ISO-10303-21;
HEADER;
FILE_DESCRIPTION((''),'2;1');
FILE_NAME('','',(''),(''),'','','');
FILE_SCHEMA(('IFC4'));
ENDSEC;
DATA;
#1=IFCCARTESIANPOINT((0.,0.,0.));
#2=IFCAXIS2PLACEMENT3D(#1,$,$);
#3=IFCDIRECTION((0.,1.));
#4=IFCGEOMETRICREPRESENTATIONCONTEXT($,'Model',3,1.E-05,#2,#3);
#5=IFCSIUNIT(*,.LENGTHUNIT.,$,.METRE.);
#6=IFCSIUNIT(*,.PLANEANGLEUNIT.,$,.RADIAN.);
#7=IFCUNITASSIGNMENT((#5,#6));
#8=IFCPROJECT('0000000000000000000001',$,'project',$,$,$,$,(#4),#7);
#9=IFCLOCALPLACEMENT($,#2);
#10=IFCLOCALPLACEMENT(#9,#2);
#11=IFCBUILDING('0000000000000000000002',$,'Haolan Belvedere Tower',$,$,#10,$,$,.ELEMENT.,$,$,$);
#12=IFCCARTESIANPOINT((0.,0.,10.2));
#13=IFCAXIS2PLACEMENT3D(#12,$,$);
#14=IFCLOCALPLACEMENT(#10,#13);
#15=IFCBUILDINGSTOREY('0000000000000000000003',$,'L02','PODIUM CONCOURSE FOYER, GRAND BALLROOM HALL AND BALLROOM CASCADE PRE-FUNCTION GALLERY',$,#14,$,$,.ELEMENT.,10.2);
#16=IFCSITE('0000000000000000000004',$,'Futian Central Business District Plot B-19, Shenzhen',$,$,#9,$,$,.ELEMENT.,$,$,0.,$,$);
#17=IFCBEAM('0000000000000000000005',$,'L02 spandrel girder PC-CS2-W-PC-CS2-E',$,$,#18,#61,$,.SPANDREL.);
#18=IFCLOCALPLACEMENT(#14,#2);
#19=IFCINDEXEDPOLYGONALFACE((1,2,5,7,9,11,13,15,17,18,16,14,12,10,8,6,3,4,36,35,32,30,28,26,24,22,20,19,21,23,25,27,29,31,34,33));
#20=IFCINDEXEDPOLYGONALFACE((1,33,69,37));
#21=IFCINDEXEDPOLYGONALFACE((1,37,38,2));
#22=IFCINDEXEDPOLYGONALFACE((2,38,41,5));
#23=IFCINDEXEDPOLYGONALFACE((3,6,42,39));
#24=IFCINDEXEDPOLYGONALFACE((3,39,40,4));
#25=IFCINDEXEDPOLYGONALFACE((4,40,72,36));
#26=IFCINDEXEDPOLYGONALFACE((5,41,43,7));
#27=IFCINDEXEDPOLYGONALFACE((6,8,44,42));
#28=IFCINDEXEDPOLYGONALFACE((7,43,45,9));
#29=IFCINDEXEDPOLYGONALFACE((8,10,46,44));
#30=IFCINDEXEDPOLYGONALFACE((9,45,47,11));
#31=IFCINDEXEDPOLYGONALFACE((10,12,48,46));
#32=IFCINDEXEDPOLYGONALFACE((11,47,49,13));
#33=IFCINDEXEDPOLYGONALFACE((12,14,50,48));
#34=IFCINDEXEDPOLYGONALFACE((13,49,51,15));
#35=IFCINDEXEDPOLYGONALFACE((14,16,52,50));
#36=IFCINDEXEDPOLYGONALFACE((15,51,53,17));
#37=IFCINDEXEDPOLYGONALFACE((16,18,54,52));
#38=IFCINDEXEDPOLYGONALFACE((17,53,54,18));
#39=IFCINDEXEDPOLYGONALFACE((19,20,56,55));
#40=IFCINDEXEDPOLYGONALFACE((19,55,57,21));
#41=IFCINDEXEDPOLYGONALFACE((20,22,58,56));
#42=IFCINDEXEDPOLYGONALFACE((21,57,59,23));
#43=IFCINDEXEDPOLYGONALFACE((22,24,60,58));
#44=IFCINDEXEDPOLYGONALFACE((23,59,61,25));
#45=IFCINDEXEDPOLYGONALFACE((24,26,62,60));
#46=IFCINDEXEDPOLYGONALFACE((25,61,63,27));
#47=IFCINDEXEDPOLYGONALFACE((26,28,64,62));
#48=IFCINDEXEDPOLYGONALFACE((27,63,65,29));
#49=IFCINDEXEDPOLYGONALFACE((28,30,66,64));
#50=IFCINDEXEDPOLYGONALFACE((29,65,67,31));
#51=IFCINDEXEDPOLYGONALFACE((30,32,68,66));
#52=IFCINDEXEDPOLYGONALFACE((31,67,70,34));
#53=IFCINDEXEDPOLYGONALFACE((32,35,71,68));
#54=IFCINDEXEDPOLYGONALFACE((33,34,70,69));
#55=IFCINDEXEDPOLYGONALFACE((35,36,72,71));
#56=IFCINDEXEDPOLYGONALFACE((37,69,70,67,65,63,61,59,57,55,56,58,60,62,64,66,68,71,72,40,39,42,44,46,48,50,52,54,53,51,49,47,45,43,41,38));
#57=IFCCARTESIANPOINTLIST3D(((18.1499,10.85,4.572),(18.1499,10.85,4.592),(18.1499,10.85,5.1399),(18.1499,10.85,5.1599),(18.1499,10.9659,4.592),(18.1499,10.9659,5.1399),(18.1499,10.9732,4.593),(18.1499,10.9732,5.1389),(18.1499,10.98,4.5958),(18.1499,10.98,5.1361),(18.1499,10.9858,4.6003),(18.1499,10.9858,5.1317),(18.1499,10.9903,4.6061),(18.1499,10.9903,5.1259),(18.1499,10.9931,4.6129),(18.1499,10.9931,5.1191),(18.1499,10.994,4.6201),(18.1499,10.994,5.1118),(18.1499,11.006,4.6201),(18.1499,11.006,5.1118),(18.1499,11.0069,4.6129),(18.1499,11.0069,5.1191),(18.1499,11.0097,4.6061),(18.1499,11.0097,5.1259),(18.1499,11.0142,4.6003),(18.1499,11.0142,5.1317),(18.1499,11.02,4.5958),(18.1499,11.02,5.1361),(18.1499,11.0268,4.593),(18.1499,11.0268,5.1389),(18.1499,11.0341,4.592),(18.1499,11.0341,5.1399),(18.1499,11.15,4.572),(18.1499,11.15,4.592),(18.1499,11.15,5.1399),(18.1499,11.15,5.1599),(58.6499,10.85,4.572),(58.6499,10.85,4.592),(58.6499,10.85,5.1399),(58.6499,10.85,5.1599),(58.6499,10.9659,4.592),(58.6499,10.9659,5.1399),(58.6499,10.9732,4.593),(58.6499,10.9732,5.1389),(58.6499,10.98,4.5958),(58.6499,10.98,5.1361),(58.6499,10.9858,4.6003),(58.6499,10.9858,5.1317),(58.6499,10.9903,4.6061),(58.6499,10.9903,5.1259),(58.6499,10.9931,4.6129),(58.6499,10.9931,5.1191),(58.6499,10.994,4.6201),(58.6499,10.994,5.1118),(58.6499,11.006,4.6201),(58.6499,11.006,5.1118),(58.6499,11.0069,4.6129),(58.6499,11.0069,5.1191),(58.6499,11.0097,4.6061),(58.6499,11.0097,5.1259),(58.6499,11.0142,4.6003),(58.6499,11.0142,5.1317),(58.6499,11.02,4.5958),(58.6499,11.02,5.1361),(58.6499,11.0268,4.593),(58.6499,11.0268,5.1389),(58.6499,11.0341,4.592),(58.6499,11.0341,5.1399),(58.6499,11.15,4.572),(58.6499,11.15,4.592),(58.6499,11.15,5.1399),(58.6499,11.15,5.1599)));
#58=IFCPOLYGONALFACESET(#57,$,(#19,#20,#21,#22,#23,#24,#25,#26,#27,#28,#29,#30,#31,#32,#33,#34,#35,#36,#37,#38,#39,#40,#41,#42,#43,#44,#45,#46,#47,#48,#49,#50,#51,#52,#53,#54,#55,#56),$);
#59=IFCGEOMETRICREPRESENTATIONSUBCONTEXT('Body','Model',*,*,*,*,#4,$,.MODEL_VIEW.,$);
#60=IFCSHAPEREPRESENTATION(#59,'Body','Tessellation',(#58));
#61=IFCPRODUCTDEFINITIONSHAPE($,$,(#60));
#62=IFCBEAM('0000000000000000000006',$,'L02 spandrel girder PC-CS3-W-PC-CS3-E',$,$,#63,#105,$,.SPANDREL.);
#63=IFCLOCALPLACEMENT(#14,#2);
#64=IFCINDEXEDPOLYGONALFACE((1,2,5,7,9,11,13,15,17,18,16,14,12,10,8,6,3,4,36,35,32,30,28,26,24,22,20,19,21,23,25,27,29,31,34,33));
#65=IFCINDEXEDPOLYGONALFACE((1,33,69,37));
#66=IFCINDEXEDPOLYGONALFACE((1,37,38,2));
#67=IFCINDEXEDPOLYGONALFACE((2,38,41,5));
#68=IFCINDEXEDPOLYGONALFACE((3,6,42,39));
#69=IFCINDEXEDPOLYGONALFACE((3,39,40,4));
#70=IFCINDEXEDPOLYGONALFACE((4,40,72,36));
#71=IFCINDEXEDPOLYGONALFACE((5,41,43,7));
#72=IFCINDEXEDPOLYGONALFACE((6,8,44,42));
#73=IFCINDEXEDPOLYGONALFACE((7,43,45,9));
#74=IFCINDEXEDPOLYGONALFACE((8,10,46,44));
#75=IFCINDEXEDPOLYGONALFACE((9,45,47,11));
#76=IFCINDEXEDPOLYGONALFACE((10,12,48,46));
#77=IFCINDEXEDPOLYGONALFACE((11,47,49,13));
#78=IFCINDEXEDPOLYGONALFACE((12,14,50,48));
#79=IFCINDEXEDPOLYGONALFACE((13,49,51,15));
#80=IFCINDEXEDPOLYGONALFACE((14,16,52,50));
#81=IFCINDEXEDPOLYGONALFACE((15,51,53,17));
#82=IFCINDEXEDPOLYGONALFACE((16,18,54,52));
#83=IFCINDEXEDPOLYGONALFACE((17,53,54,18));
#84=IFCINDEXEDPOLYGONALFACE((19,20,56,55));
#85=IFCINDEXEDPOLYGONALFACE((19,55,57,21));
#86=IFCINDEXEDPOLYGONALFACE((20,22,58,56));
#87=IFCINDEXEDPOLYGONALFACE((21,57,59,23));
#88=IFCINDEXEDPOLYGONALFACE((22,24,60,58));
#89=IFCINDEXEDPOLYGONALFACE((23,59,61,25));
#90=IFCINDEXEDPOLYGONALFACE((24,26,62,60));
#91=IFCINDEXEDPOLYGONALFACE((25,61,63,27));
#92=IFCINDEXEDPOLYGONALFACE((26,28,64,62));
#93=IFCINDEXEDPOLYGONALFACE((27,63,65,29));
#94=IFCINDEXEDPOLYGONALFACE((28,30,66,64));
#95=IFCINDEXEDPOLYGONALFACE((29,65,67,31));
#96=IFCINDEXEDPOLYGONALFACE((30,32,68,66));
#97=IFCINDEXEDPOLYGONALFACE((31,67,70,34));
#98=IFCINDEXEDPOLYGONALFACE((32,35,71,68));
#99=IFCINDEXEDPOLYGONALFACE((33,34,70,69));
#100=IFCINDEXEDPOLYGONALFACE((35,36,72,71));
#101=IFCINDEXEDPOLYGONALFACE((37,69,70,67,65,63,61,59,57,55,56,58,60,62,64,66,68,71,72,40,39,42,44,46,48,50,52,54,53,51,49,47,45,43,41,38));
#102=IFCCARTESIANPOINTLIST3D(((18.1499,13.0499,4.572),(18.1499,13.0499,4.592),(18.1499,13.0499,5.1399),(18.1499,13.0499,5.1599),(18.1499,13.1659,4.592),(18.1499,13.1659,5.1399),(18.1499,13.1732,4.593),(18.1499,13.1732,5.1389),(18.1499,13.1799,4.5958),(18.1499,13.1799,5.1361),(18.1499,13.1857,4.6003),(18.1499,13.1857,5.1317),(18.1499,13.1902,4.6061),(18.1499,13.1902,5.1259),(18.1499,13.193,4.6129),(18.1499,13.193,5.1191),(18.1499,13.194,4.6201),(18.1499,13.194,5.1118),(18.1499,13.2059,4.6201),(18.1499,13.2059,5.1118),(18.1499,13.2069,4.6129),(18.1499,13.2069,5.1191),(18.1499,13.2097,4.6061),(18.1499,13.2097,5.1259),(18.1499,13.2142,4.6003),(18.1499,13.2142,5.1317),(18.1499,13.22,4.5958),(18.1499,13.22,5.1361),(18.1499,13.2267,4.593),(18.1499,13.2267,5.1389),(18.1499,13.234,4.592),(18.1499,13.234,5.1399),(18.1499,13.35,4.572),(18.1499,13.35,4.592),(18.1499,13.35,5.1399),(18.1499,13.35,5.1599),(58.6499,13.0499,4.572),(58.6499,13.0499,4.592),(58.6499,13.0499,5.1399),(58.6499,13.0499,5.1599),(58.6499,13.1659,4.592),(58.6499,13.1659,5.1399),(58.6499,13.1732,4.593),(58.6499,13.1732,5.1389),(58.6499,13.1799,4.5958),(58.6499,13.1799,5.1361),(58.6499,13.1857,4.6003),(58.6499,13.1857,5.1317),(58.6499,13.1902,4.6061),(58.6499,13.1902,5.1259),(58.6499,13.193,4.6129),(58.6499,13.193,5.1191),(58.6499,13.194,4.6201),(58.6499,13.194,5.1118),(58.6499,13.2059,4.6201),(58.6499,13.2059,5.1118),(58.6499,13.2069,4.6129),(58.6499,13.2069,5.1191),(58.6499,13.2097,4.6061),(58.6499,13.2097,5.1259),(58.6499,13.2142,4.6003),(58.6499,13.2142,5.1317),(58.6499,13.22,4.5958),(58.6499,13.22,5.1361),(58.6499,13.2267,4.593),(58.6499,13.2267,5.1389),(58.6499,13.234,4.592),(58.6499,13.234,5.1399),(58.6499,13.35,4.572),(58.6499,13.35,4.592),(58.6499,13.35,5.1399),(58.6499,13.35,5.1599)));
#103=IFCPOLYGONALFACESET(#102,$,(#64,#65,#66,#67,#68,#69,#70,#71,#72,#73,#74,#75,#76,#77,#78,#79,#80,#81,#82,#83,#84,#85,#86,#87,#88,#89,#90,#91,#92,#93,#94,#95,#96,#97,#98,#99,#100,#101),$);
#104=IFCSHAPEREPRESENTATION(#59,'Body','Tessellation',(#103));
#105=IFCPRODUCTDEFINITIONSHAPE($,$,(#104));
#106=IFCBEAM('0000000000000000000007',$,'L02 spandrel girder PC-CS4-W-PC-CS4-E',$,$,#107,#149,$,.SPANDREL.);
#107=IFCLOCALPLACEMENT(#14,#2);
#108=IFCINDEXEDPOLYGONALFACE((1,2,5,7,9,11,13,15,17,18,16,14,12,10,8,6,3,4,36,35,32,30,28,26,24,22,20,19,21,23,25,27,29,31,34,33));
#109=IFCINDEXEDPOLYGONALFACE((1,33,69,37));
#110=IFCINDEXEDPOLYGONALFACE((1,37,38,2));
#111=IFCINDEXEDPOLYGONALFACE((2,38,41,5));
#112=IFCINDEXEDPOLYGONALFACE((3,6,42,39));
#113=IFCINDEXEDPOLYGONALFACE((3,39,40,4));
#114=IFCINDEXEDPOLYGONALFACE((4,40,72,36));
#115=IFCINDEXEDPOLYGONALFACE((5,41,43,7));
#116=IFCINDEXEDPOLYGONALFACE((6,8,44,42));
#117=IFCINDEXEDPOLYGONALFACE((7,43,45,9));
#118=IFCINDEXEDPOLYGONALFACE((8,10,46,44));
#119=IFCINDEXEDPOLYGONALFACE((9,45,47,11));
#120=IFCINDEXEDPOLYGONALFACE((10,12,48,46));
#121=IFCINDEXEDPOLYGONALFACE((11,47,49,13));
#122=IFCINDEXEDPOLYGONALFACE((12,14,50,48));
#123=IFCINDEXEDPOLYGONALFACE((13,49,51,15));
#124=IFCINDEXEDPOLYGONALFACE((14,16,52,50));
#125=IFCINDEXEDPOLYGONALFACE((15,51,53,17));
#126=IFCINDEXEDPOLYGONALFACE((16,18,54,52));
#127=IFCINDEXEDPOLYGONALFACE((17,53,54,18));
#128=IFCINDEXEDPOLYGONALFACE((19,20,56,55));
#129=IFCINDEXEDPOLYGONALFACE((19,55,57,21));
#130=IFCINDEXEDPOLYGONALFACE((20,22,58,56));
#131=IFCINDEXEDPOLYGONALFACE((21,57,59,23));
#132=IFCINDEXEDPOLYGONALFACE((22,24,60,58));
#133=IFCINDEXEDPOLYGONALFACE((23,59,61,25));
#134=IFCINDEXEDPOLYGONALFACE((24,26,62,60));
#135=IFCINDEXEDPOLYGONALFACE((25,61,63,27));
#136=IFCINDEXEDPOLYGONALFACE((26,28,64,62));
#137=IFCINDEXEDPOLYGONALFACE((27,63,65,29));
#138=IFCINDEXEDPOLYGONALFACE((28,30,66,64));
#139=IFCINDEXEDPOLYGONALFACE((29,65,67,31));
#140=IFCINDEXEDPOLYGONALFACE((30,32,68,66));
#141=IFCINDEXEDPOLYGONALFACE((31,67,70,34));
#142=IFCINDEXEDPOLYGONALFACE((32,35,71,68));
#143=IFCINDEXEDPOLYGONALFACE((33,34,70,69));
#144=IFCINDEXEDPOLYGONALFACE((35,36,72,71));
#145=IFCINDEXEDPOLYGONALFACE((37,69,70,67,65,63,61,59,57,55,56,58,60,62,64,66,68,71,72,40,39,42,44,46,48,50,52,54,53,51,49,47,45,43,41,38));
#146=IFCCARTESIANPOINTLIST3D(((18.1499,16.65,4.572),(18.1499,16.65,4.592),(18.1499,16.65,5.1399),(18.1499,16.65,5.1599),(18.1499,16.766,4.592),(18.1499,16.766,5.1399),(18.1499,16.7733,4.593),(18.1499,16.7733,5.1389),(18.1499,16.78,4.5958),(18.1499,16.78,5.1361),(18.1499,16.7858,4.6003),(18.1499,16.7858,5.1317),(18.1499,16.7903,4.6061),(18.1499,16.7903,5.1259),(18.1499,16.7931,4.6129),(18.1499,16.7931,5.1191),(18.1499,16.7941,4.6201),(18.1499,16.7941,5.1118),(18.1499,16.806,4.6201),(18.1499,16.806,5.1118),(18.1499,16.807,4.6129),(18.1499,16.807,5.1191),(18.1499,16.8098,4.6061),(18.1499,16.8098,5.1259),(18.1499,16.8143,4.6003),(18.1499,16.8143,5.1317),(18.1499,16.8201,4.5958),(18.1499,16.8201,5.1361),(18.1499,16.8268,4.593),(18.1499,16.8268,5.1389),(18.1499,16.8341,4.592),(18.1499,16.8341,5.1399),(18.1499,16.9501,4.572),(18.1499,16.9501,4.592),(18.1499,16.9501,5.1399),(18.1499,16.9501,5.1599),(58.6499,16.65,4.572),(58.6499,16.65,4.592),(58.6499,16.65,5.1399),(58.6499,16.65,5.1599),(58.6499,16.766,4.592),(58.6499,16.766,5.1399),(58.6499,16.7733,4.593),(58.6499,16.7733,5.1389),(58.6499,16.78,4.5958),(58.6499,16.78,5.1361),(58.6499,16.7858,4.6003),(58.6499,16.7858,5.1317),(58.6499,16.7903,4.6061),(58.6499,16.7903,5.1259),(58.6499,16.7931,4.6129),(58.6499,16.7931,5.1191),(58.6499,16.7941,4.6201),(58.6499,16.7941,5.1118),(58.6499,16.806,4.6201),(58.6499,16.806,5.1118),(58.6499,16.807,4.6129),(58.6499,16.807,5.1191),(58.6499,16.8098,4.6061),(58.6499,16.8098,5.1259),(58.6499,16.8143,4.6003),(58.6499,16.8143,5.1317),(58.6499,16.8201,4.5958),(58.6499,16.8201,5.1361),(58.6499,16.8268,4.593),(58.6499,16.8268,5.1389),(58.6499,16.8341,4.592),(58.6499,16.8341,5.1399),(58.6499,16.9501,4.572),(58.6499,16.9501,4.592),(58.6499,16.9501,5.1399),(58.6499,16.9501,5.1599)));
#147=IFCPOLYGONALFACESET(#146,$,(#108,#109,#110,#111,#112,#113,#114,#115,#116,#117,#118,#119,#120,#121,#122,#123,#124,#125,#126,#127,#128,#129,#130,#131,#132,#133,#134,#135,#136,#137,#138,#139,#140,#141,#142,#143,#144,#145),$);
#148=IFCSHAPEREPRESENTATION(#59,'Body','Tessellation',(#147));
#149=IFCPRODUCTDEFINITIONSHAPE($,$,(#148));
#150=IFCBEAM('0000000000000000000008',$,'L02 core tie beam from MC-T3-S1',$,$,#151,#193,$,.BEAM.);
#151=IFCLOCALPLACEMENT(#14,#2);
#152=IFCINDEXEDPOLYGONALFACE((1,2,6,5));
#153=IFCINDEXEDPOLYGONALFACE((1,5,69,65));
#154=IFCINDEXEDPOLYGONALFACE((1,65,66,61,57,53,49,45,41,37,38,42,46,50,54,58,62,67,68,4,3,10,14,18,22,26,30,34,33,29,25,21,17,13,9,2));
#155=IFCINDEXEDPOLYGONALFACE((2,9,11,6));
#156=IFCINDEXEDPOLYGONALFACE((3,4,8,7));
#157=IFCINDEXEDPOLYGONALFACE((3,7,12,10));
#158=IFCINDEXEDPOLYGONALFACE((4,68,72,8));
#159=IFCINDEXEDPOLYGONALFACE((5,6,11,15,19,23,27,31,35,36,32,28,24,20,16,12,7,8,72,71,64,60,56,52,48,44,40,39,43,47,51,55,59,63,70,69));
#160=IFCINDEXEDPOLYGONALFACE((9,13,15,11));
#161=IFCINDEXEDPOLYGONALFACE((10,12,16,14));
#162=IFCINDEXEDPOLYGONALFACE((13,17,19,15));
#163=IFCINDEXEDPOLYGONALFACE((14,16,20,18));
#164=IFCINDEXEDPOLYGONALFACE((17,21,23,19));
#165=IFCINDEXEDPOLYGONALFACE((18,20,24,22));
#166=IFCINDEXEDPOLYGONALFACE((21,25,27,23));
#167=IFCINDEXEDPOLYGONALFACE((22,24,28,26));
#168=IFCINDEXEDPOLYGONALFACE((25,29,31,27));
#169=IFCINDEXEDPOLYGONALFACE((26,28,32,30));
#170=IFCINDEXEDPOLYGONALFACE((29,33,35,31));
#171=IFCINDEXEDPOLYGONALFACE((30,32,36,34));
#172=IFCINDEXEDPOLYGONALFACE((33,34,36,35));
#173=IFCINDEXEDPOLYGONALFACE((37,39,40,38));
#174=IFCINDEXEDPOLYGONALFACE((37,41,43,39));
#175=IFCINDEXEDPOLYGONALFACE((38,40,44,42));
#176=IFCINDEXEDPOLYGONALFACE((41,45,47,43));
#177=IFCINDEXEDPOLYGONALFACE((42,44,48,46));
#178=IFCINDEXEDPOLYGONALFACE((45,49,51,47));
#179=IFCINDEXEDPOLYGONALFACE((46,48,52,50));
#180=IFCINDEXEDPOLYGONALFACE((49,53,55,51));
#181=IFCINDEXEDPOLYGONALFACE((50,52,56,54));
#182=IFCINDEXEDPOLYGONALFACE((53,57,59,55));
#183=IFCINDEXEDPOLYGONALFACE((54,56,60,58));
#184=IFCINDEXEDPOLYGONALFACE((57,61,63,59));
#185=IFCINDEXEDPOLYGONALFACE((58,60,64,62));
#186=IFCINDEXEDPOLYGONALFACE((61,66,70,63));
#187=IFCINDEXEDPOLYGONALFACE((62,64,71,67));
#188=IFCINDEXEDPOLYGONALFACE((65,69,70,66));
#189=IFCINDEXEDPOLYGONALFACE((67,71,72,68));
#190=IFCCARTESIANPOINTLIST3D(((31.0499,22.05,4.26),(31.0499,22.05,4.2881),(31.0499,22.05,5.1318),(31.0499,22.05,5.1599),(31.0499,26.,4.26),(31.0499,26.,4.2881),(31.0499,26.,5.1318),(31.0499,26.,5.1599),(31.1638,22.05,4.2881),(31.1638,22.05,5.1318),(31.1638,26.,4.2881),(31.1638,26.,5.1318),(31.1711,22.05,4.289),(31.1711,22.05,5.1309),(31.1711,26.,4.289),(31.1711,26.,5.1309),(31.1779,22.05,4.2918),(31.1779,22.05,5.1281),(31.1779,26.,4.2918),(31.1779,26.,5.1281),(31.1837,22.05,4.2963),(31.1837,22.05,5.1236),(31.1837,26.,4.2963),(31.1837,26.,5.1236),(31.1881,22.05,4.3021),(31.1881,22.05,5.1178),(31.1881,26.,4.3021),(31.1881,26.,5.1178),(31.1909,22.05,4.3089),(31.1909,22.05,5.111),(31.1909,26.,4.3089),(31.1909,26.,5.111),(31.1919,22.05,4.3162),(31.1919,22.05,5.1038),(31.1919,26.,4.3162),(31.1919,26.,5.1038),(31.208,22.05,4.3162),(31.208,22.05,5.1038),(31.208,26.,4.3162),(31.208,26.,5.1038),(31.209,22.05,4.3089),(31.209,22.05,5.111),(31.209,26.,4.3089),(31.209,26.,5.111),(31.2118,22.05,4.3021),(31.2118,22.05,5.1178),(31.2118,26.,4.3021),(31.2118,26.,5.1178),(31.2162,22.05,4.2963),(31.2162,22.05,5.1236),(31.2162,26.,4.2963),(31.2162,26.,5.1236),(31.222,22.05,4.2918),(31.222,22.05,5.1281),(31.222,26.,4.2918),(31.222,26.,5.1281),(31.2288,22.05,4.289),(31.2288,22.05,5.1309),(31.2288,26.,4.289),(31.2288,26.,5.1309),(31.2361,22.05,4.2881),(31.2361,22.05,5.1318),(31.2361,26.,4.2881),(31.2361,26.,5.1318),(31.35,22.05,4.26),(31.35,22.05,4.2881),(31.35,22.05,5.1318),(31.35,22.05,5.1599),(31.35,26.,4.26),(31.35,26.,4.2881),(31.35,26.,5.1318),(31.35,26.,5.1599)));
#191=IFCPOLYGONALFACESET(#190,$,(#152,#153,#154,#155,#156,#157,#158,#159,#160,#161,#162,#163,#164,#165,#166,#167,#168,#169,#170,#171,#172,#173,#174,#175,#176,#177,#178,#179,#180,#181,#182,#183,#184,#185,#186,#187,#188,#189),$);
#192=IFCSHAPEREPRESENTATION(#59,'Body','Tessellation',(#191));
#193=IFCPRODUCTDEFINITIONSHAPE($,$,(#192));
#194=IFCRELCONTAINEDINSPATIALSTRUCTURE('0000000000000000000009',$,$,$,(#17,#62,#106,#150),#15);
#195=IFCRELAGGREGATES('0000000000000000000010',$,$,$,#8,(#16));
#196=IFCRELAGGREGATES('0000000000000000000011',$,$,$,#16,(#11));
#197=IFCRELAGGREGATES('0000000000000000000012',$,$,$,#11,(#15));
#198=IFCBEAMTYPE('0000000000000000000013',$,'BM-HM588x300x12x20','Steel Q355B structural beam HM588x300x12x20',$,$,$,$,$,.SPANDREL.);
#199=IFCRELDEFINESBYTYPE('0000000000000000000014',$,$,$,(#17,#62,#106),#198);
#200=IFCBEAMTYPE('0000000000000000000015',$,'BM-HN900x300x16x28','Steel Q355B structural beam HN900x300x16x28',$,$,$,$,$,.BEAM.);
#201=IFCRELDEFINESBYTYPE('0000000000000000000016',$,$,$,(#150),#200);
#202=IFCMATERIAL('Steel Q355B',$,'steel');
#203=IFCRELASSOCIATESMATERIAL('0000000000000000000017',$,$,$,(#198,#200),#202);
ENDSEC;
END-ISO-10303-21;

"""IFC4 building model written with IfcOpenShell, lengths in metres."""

from ifc_helpers import new_model, si_unit, direction, frame, origin, origin_2d, place, context, subcontext, project, spatial, i_section, extrude, material, material_profile, profile_set, type_object, element, save


model = new_model("IFC4")

# Units and contexts
model_context = context("Model", 3, precision=1e-05, world=origin(), true_north=direction((0.0, 1.0)))
body_context = subcontext(model_context, "Body", "Model", "MODEL_VIEW")
ifc_project = project(units=[si_unit("LENGTHUNIT", "METRE"), si_unit("PLANEANGLEUNIT", "RADIAN")], contexts=[model_context])

# Site, building, storey
site_placement = place(None, origin())
site = spatial("IfcSite", under=ifc_project, at=site_placement, Name="Futian Central Business District Plot B-19, Shenzhen", CompositionType="ELEMENT", RefElevation=0.0)
building_placement = place(site_placement, origin())
building = spatial("IfcBuilding", under=site, at=building_placement, Name="Haolan Belvedere Tower", CompositionType="ELEMENT")
storey_placement = place(building_placement, frame((0.0, 0.0, 10.2)))
storey = spatial("IfcBuildingStorey", under=building, at=storey_placement, Name="L02", Description="PODIUM CONCOURSE FOYER, GRAND BALLROOM HALL AND BALLROOM CASCADE PRE-FUNCTION GALLERY", CompositionType="ELEMENT", Elevation=10.2)

# Shared definitions
ifc_material_1 = material(Name="Steel Q355B", Category="steel")

# Beams
ifc_material_profile_1 = material_profile(ifc_material_1, i_section(OverallWidth=0.3, OverallDepth=0.5879, WebThickness=0.012, FlangeThickness=0.02, FilletRadius=0.0281, at=origin_2d()), Name="Steel Q355B")
ifc_profile_set_1 = profile_set([ifc_material_profile_1], Name="Steel Q355B")
beam_type_1 = type_object("IfcBeamType", Name="BM-HM588x300x12x20", Description="Steel Q355B structural beam HM588x300x12x20", PredefinedType="SPANDREL", material=ifc_profile_set_1)
for number, where, z_axis, x_axis, name in (
    (1, (18.1499, 11.0, 4.866), (1.0, 0.0, 0.0), (0.0, 1.0, 0.0), "L02 spandrel girder PC-CS2-W-PC-CS2-E"),
    (2, (18.1499, 13.2, 4.866), (1.0, 0.0, 0.0), (0.0, 1.0, 0.0), "L02 spandrel girder PC-CS3-W-PC-CS3-E"),
    (3, (18.1499, 16.8, 4.866), (1.0, 0.0, 0.0), (0.0, 1.0, 0.0), "L02 spandrel girder PC-CS4-W-PC-CS4-E"),
):
    element("IfcBeam", number, at=place(storey_placement, frame(where, z_axis=z_axis, x_axis=x_axis)), inside=storey, type_object=beam_type_1, Name=name, PredefinedType="SPANDREL", context=body_context, shape_type="SweptSolid", body=[
        extrude(i_section(OverallWidth=0.3, OverallDepth=0.5879, WebThickness=0.012, FlangeThickness=0.02, FilletRadius=0.0281, at=origin_2d()), origin(), (0.0, 0.0, 1.0), 40.5),
    ])
ifc_material_profile_2 = material_profile(ifc_material_1, i_section(OverallWidth=0.3, OverallDepth=0.8999, WebThickness=0.0161, FlangeThickness=0.0281, FilletRadius=0.0281, at=origin_2d()), Name="Steel Q355B")
ifc_profile_set_2 = profile_set([ifc_material_profile_2], Name="Steel Q355B")
beam_type_2 = type_object("IfcBeamType", Name="BM-HN900x300x16x28", Description="Steel Q355B structural beam HN900x300x16x28", PredefinedType="BEAM", material=ifc_profile_set_2)
beam_1_placement = place(storey_placement, frame((31.2, 22.05, 4.71), z_axis=(0.0, 1.0, 0.0), x_axis=(-1.0, 0.0, 0.0)))
element("IfcBeam", 4, at=beam_1_placement, inside=storey, type_object=beam_type_2, Name="L02 core tie beam from MC-T3-S1", PredefinedType="BEAM", context=body_context, shape_type="SweptSolid", body=[
    extrude(i_section(OverallWidth=0.3, OverallDepth=0.8999, WebThickness=0.0161, FlangeThickness=0.0281, FilletRadius=0.0281, at=origin_2d()), origin(), (0.0, 0.0, 1.0), 3.95),
])

save(model, "model.ifc")
